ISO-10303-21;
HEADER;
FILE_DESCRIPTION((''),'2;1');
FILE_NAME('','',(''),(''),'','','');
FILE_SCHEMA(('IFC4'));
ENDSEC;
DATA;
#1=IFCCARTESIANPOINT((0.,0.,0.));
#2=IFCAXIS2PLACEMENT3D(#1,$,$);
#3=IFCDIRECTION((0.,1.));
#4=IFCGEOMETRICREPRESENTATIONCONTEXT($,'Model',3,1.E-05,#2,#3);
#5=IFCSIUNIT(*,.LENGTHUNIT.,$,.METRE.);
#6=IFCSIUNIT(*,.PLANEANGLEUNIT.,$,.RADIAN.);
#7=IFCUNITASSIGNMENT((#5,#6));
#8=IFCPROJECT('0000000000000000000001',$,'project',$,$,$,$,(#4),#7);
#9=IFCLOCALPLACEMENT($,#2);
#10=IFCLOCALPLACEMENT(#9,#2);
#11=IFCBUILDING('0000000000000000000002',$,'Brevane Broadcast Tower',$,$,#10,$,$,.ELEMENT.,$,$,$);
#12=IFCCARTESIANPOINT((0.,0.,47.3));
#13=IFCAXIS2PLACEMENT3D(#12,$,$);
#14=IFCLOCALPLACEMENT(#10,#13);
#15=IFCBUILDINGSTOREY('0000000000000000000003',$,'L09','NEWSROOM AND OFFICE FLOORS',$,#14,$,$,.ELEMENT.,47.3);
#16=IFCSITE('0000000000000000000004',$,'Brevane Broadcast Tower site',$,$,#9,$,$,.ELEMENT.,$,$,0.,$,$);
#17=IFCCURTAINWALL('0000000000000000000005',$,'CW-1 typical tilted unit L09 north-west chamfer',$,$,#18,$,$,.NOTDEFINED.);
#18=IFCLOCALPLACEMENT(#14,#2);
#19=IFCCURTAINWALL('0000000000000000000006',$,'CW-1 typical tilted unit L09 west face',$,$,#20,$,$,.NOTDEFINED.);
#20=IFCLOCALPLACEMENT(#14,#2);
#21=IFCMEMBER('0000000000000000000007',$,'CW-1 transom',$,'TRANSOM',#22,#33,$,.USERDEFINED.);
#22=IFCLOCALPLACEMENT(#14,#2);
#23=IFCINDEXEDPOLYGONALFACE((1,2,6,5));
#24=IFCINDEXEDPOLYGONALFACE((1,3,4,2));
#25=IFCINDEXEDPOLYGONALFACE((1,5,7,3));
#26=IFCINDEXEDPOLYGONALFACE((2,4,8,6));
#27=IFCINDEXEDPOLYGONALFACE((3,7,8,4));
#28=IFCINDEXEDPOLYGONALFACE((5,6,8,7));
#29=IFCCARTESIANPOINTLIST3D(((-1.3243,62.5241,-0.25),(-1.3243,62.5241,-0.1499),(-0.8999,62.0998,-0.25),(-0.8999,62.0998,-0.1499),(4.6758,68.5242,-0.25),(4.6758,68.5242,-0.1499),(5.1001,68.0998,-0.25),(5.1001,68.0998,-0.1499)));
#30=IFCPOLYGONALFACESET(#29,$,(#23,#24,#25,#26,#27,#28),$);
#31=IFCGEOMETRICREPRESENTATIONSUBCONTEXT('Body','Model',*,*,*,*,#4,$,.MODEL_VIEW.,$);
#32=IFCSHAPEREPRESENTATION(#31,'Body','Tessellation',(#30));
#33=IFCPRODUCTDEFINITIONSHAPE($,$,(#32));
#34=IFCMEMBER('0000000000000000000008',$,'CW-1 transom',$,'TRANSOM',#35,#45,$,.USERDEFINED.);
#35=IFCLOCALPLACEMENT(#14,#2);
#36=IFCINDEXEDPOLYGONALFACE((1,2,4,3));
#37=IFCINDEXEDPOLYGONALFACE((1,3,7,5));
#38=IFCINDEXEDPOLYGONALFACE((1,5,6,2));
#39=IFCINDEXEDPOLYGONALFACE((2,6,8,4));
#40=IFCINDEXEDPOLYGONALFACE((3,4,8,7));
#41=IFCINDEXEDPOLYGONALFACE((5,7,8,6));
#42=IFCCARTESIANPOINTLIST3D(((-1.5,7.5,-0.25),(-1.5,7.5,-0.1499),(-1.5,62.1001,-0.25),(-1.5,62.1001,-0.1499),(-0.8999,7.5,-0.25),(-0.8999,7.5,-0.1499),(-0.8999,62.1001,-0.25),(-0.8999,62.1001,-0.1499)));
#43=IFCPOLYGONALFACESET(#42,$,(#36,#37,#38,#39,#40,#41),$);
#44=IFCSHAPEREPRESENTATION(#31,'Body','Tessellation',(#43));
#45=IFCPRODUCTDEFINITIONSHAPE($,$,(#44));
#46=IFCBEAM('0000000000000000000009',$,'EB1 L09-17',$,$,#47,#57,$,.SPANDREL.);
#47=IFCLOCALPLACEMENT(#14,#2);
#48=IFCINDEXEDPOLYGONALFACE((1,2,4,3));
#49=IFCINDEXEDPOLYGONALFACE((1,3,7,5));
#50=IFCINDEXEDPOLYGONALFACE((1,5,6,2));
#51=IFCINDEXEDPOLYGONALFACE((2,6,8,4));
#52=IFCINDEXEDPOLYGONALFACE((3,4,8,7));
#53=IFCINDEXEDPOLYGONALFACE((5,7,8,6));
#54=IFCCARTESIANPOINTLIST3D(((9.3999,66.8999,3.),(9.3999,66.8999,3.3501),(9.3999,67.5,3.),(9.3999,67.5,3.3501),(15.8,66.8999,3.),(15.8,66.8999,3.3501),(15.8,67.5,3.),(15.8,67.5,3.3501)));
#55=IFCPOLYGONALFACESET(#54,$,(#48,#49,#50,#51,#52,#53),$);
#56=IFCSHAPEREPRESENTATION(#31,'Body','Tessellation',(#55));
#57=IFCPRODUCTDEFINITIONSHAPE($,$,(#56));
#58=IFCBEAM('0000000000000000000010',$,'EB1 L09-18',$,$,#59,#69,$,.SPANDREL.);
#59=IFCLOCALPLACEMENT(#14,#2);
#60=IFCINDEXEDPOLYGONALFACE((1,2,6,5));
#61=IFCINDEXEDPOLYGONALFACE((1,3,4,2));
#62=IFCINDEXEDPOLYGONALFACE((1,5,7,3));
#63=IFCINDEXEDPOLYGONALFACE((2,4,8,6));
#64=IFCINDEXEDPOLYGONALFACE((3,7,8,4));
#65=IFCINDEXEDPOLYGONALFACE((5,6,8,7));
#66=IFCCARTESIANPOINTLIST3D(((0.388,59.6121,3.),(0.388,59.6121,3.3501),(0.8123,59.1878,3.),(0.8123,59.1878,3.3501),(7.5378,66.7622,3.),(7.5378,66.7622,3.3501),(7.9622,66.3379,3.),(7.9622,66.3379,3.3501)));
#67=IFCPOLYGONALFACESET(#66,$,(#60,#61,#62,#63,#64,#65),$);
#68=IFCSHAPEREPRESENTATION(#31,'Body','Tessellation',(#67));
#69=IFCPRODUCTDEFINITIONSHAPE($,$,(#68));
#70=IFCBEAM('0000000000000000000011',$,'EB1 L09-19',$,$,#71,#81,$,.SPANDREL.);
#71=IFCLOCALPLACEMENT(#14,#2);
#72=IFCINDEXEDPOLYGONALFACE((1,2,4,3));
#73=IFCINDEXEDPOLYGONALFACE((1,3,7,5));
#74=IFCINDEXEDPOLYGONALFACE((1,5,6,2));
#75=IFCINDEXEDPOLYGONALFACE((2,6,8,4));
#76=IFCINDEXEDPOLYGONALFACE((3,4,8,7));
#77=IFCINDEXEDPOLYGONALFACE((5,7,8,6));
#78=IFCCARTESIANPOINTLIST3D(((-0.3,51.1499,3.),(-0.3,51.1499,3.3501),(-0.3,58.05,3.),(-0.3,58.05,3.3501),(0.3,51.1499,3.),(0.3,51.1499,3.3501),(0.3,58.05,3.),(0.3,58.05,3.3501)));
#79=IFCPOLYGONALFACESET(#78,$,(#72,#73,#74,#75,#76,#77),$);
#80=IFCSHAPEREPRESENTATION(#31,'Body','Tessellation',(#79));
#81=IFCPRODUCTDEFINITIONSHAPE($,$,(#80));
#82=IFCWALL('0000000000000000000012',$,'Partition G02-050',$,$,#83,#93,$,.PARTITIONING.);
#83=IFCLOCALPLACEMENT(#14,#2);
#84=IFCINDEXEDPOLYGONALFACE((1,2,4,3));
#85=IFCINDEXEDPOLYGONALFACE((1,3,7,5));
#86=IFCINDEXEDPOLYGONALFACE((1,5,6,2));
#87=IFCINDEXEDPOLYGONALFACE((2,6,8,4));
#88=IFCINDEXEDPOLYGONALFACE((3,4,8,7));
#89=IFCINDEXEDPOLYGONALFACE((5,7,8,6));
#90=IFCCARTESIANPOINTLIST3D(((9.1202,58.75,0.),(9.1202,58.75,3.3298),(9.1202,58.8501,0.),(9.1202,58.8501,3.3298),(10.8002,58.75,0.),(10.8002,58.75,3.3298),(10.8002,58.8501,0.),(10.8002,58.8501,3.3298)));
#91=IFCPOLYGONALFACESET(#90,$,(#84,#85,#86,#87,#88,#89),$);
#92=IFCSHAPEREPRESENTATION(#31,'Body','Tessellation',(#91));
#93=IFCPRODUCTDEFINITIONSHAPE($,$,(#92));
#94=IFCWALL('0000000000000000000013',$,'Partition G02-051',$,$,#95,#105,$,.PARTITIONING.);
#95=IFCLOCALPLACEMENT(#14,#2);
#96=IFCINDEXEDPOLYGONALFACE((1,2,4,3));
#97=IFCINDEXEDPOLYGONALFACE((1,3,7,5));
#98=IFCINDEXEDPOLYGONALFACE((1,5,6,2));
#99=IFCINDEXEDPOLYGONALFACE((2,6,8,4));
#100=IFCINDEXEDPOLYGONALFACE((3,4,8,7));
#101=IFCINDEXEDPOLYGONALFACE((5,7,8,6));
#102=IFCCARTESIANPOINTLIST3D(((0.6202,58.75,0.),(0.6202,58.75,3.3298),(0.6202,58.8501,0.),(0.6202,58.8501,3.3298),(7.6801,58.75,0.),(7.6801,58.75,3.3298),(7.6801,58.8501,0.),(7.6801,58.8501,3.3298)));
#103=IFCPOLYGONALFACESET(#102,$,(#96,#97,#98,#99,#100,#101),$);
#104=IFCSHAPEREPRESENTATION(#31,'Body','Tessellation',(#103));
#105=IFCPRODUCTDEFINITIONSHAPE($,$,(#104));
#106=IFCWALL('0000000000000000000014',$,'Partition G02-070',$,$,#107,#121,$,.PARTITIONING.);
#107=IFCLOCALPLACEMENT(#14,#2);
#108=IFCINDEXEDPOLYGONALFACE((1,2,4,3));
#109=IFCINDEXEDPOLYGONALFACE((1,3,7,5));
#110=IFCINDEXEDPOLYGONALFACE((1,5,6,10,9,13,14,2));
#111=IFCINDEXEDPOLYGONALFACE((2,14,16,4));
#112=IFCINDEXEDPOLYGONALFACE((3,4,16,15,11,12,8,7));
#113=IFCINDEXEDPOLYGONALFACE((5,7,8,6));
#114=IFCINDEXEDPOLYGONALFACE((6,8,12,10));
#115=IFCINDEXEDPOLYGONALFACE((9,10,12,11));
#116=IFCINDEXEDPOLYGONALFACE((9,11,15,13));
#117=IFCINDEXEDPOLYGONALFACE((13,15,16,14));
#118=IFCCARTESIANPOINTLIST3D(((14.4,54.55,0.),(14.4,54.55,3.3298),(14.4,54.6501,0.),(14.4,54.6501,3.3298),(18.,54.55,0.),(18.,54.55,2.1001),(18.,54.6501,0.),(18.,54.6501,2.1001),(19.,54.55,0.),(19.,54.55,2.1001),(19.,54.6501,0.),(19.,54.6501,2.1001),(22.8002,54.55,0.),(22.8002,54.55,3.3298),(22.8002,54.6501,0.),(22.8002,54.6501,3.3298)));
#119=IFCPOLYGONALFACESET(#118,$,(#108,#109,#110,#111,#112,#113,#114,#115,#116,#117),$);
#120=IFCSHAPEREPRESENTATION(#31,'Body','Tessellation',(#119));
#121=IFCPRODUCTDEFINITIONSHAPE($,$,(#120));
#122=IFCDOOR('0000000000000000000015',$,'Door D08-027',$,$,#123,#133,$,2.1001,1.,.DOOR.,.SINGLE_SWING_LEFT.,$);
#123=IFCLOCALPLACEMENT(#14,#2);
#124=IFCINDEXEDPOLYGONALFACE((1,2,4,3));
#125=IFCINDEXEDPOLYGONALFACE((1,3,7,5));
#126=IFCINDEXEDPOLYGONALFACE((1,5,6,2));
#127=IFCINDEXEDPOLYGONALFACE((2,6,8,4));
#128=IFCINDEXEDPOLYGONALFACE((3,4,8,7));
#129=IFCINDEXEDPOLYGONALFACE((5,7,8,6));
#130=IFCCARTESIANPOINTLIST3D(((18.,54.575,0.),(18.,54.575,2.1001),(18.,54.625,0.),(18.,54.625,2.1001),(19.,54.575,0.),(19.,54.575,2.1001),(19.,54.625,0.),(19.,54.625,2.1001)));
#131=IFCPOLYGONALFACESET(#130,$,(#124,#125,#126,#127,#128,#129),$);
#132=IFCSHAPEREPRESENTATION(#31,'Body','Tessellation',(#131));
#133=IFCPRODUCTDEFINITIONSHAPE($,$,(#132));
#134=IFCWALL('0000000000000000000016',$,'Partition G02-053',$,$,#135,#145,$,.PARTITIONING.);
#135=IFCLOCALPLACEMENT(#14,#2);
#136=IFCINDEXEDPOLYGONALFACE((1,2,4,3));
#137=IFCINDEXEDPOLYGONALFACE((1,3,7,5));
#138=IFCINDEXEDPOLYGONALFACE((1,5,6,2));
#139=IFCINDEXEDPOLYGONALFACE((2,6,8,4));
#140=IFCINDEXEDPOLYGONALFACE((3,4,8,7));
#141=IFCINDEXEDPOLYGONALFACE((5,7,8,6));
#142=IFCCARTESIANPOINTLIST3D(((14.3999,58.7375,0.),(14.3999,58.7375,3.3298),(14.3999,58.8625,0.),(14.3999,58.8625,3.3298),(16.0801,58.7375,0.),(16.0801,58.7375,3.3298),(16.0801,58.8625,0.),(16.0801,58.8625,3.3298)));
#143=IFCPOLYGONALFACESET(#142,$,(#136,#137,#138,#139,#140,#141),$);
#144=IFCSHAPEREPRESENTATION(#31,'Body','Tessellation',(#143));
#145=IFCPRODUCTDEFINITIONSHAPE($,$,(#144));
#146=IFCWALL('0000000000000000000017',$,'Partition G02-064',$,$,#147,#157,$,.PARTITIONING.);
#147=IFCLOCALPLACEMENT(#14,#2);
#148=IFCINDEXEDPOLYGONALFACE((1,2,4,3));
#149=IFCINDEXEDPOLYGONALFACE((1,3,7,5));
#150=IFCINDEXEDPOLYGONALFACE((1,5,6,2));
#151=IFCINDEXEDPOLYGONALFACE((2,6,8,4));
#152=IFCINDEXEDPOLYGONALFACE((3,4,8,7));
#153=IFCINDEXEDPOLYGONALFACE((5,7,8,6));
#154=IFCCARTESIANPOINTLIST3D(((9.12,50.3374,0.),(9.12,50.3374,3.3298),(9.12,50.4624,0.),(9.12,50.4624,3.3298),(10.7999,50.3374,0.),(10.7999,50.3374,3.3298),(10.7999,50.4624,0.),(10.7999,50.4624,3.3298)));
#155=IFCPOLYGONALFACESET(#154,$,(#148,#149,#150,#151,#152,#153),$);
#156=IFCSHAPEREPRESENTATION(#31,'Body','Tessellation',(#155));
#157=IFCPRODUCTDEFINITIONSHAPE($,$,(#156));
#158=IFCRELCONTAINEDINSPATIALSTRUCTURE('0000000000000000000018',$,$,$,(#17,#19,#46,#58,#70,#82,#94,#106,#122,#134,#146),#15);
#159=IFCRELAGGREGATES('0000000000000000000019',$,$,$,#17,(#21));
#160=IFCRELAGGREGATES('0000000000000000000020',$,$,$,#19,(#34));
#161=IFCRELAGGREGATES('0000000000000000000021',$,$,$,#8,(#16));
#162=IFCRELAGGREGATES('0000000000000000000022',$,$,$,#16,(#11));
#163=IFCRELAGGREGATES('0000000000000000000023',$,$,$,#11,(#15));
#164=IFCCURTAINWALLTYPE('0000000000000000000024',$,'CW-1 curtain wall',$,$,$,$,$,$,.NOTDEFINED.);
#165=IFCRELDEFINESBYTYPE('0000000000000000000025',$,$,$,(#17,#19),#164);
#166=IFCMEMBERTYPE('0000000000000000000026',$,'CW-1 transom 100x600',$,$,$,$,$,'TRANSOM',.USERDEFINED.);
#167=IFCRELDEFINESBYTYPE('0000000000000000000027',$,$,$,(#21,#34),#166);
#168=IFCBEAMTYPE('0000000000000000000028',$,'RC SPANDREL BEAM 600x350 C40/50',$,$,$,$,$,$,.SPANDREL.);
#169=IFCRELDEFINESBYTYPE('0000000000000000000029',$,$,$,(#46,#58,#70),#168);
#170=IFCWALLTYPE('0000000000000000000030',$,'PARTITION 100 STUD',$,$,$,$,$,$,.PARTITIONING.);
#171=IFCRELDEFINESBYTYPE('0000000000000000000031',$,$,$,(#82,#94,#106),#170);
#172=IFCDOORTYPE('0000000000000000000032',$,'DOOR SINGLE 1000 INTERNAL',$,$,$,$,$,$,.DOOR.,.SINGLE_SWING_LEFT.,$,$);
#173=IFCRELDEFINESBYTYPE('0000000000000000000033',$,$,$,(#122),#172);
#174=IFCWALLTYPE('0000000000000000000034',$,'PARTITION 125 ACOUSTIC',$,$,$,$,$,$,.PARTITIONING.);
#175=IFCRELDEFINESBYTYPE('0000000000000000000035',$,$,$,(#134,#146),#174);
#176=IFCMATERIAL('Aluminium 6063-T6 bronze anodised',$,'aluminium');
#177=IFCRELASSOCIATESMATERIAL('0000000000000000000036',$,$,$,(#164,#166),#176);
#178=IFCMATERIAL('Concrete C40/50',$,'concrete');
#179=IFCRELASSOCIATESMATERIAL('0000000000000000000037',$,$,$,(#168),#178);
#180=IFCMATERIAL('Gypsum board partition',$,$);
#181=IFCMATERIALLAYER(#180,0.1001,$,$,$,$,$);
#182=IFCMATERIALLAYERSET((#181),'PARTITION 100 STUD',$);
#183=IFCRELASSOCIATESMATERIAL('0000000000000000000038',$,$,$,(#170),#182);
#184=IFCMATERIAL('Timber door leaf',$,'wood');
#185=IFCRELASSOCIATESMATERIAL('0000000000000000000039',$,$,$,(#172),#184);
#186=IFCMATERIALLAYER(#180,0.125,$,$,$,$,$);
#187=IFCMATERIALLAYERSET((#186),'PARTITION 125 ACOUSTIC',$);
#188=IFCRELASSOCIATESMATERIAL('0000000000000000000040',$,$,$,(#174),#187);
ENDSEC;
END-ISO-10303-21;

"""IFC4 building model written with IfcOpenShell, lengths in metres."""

from ifc_helpers import new_model, si_unit, direction, frame, frame_2d, origin, origin_2d, place, context, subcontext, project, spatial, rectangle, extrude, material, layer, layer_set, material_profile, profile_set, type_object, element, fill, aggregate, save


model = new_model("IFC4")

# Units and contexts
model_context = context("Model", 3, precision=1e-05, world=origin(), true_north=direction((0.0, 1.0)))
body_context = subcontext(model_context, "Body", "Model", "MODEL_VIEW")
ifc_project = project(units=[si_unit("LENGTHUNIT", "METRE"), si_unit("PLANEANGLEUNIT", "RADIAN")], contexts=[model_context])

# Site, building, storey
site_placement = place(None, origin())
site = spatial("IfcSite", under=ifc_project, at=site_placement, Name="Brevane Broadcast Tower site", CompositionType="ELEMENT", RefElevation=0.0)
building_placement = place(site_placement, origin())
building = spatial("IfcBuilding", under=site, at=building_placement, Name="Brevane Broadcast Tower", CompositionType="ELEMENT")
storey_placement = place(building_placement, frame((0.0, 0.0, 47.3)))
storey = spatial("IfcBuildingStorey", under=building, at=storey_placement, Name="L09", Description="NEWSROOM AND OFFICE FLOORS", CompositionType="ELEMENT", Elevation=47.3)

# Curtain walls
ifc_material_1 = material(Name="Aluminium 6063-T6 bronze anodised", Category="aluminium")
curtain_wall_type = type_object("IfcCurtainWallType", Name="CW-1 curtain wall", PredefinedType="NOTDEFINED", material=ifc_material_1)
curtain_wall_1_placement = place(storey_placement, origin())
curtain_wall_1 = element("IfcCurtainWall", 1, at=curtain_wall_1_placement, inside=storey, type_object=curtain_wall_type, Name="CW-1 typical tilted unit L09 north-west chamfer", PredefinedType="NOTDEFINED")
curtain_wall_2_placement = place(storey_placement, origin())
curtain_wall_2 = element("IfcCurtainWall", 2, at=curtain_wall_2_placement, inside=storey, type_object=curtain_wall_type, Name="CW-1 typical tilted unit L09 west face", PredefinedType="NOTDEFINED")

# Members
ifc_material_profile_1 = material_profile(ifc_material_1, rectangle(XDim=0.6001, YDim=0.1001, at=origin_2d()), Name="RECT 100x600")
ifc_profile_set_1 = profile_set([ifc_material_profile_1], Name="Aluminium 6063-T6 bronze anodised")
member_type_1 = type_object("IfcMemberType", Name="CW-1 transom 100x600", ElementType="TRANSOM", PredefinedType="USERDEFINED", material=ifc_profile_set_1)
member_1_placement = place(storey_placement, frame((4.8879, 68.312, -0.2), z_axis=(-0.707107, -0.707107, 0.0), x_axis=(0.707107, -0.707107, 0.0)))
member_1 = element("IfcMember", 3, at=member_1_placement, type_object=member_type_1, Name="CW-1 transom", ObjectType="TRANSOM", PredefinedType="USERDEFINED", context=body_context, shape_type="SweptSolid", body=[
    extrude(rectangle(XDim=0.6001, YDim=0.1001, at=origin_2d()), origin(), (0.0, 0.0, 1.0), 8.4854),
])
aggregate(curtain_wall_1, [member_1])
member_2_placement = place(storey_placement, frame((-1.2, 62.1001, -0.2), z_axis=(0.0, -1.0, 0.0), x_axis=(1.0, 0.0, 0.0)))
member_2 = element("IfcMember", 4, at=member_2_placement, type_object=member_type_1, Name="CW-1 transom", ObjectType="TRANSOM", PredefinedType="USERDEFINED", context=body_context, shape_type="SweptSolid", body=[
    extrude(rectangle(XDim=0.6001, YDim=0.1001, at=origin_2d()), origin(), (0.0, 0.0, 1.0), 54.6001),
])
aggregate(curtain_wall_2, [member_2])

# Beams
ifc_material_2 = material(Name="Concrete C40/50", Category="concrete")
ifc_material_profile_2 = material_profile(ifc_material_2, rectangle(XDim=0.6001, YDim=0.3501, at=origin_2d()), Name="RC 600x350")
ifc_profile_set_2 = profile_set([ifc_material_profile_2], Name="Concrete C40/50")
beam_type = type_object("IfcBeamType", Name="RC SPANDREL BEAM 600x350 C40/50", PredefinedType="SPANDREL", material=ifc_profile_set_2)
beam_1_placement = place(storey_placement, frame((15.8, 67.2, 3.175), z_axis=(-1.0, 0.0, 0.0), x_axis=(0.0, -1.0, 0.0)))
element("IfcBeam", 5, at=beam_1_placement, inside=storey, type_object=beam_type, Name="EB1 L09-17", PredefinedType="SPANDREL", context=body_context, shape_type="SweptSolid", body=[
    extrude(rectangle(XDim=0.6001, YDim=0.3501, at=origin_2d()), origin(), (0.0, 0.0, 1.0), 6.4001),
])
beam_2_placement = place(storey_placement, frame((7.75, 66.55, 3.175), z_axis=(-0.707095, -0.707119, 0.0), x_axis=(0.707119, -0.707095, 0.0)))
element("IfcBeam", 6, at=beam_2_placement, inside=storey, type_object=beam_type, Name="EB1 L09-18", PredefinedType="SPANDREL", context=body_context, shape_type="SweptSolid", body=[
    extrude(rectangle(XDim=0.6001, YDim=0.3501, at=origin_2d()), origin(), (0.0, 0.0, 1.0), 10.1116),
])
beam_3_placement = place(storey_placement, frame((0.0, 58.05, 3.175), z_axis=(0.0, -1.0, 0.0), x_axis=(1.0, 0.0, 0.0)))
element("IfcBeam", 7, at=beam_3_placement, inside=storey, type_object=beam_type, Name="EB1 L09-19", PredefinedType="SPANDREL", context=body_context, shape_type="SweptSolid", body=[
    extrude(rectangle(XDim=0.6001, YDim=0.3501, at=origin_2d()), origin(), (0.0, 0.0, 1.0), 6.9001),
])

# Walls
ifc_material_3 = material(Name="Gypsum board partition")
ifc_layer_1 = layer(ifc_material_3, 0.1001)
ifc_layer_set_1 = layer_set([ifc_layer_1], Name="PARTITION 100 STUD")
wall_type_1 = type_object("IfcWallType", Name="PARTITION 100 STUD", PredefinedType="PARTITIONING", material=ifc_layer_set_1)
wall_1_placement = place(storey_placement, frame((10.8, 58.8, 0.0), z_axis=(0.0, 0.0, 1.0), x_axis=(-1.0, 0.0, 0.0)))
element("IfcWall", 8, at=wall_1_placement, inside=storey, type_object=wall_type_1, Name="Partition G02-050", PredefinedType="PARTITIONING", context=body_context, shape_type="SweptSolid", body=[
    extrude(rectangle(XDim=1.6799, YDim=0.1001, at=frame_2d((0.8398, 0.0))), origin(), (0.0, 0.0, 1.0), 3.3298),
])
wall_2_placement = place(storey_placement, frame((7.6799, 58.8, 0.0), z_axis=(0.0, 0.0, 1.0), x_axis=(-1.0, 0.0, 0.0)))
element("IfcWall", 9, at=wall_2_placement, inside=storey, type_object=wall_type_1, Name="Partition G02-051", PredefinedType="PARTITIONING", context=body_context, shape_type="SweptSolid", body=[
    extrude(rectangle(XDim=7.0598, YDim=0.1001, at=frame_2d((3.5298, 0.0))), origin(), (0.0, 0.0, 1.0), 3.3298),
])

# Wall, opening, door
wall_3_placement = place(storey_placement, frame((14.3999, 54.6001, 0.0), z_axis=(0.0, 0.0, 1.0), x_axis=(1.0, 0.0, 0.0)))
wall_3 = element("IfcWall", 10, at=wall_3_placement, inside=storey, type_object=wall_type_1, Name="Partition G02-070", PredefinedType="PARTITIONING", context=body_context, shape_type="SweptSolid", body=[
    extrude(rectangle(XDim=8.4001, YDim=0.1001, at=frame_2d((4.2002, 0.0))), origin(), (0.0, 0.0, 1.0), 3.3298),
])
opening_1_placement = place(wall_3_placement, frame((3.6001, 0.0, 0.0)))
opening_1 = element("IfcOpeningElement", 11, at=opening_1_placement, cuts=wall_3, PredefinedType="OPENING", context=body_context, shape_type="SweptSolid", body=[
    extrude(rectangle(XDim=1.0, YDim=2.1001, at=frame_2d((0.5, 1.05))), frame((0.0, 0.0601, 0.0), z_axis=(0.0, -1.0, 0.0), x_axis=(1.0, 0.0, 0.0)), (0.0, 0.0, 1.0), 0.1201),
])
ifc_material_4 = material(Name="Timber door leaf", Category="wood")
door_type_1 = type_object("IfcDoorType", Name="DOOR SINGLE 1000 INTERNAL", OperationType="SINGLE_SWING_LEFT", PredefinedType="DOOR", material=ifc_material_4)
door_1_placement = place(opening_1_placement, origin())
door_1 = element("IfcDoor", 12, at=door_1_placement, inside=storey, type_object=door_type_1, Name="Door D08-027", OperationType="SINGLE_SWING_LEFT", OverallHeight=2.1001, OverallWidth=1.0, PredefinedType="DOOR", context=body_context, shape_type="SweptSolid", body=[
    extrude(rectangle(XDim=1.0, YDim=2.1001, at=frame_2d((0.5, 1.05))), frame((0.0, 0.0249, 0.0), z_axis=(0.0, -1.0, 0.0), x_axis=(1.0, 0.0, 0.0)), (0.0, 0.0, 1.0), 0.05),
])
fill(opening_1, door_1)

# Walls
ifc_layer_2 = layer(ifc_material_3, 0.125)
ifc_layer_set_2 = layer_set([ifc_layer_2], Name="PARTITION 125 ACOUSTIC")
wall_type_2 = type_object("IfcWallType", Name="PARTITION 125 ACOUSTIC", PredefinedType="PARTITIONING", material=ifc_layer_set_2)
wall_4_placement = place(storey_placement, frame((16.0801, 58.8, 0.0), z_axis=(0.0, 0.0, 1.0), x_axis=(-1.0, 0.0, 0.0)))
element("IfcWall", 13, at=wall_4_placement, inside=storey, type_object=wall_type_2, Name="Partition G02-053", PredefinedType="PARTITIONING", context=body_context, shape_type="SweptSolid", body=[
    extrude(rectangle(XDim=1.6802, YDim=0.125, at=frame_2d((0.8401, 0.0))), origin(), (0.0, 0.0, 1.0), 3.3298),
])
wall_5_placement = place(storey_placement, frame((9.1201, 50.3999, 0.0), z_axis=(0.0, 0.0, 1.0), x_axis=(1.0, 0.0, 0.0)))
element("IfcWall", 14, at=wall_5_placement, inside=storey, type_object=wall_type_2, Name="Partition G02-064", PredefinedType="PARTITIONING", context=body_context, shape_type="SweptSolid", body=[
    extrude(rectangle(XDim=1.6799, YDim=0.125, at=frame_2d((0.8398, 0.0))), origin(), (0.0, 0.0, 1.0), 3.3298),
])

save(model, "model.ifc")
